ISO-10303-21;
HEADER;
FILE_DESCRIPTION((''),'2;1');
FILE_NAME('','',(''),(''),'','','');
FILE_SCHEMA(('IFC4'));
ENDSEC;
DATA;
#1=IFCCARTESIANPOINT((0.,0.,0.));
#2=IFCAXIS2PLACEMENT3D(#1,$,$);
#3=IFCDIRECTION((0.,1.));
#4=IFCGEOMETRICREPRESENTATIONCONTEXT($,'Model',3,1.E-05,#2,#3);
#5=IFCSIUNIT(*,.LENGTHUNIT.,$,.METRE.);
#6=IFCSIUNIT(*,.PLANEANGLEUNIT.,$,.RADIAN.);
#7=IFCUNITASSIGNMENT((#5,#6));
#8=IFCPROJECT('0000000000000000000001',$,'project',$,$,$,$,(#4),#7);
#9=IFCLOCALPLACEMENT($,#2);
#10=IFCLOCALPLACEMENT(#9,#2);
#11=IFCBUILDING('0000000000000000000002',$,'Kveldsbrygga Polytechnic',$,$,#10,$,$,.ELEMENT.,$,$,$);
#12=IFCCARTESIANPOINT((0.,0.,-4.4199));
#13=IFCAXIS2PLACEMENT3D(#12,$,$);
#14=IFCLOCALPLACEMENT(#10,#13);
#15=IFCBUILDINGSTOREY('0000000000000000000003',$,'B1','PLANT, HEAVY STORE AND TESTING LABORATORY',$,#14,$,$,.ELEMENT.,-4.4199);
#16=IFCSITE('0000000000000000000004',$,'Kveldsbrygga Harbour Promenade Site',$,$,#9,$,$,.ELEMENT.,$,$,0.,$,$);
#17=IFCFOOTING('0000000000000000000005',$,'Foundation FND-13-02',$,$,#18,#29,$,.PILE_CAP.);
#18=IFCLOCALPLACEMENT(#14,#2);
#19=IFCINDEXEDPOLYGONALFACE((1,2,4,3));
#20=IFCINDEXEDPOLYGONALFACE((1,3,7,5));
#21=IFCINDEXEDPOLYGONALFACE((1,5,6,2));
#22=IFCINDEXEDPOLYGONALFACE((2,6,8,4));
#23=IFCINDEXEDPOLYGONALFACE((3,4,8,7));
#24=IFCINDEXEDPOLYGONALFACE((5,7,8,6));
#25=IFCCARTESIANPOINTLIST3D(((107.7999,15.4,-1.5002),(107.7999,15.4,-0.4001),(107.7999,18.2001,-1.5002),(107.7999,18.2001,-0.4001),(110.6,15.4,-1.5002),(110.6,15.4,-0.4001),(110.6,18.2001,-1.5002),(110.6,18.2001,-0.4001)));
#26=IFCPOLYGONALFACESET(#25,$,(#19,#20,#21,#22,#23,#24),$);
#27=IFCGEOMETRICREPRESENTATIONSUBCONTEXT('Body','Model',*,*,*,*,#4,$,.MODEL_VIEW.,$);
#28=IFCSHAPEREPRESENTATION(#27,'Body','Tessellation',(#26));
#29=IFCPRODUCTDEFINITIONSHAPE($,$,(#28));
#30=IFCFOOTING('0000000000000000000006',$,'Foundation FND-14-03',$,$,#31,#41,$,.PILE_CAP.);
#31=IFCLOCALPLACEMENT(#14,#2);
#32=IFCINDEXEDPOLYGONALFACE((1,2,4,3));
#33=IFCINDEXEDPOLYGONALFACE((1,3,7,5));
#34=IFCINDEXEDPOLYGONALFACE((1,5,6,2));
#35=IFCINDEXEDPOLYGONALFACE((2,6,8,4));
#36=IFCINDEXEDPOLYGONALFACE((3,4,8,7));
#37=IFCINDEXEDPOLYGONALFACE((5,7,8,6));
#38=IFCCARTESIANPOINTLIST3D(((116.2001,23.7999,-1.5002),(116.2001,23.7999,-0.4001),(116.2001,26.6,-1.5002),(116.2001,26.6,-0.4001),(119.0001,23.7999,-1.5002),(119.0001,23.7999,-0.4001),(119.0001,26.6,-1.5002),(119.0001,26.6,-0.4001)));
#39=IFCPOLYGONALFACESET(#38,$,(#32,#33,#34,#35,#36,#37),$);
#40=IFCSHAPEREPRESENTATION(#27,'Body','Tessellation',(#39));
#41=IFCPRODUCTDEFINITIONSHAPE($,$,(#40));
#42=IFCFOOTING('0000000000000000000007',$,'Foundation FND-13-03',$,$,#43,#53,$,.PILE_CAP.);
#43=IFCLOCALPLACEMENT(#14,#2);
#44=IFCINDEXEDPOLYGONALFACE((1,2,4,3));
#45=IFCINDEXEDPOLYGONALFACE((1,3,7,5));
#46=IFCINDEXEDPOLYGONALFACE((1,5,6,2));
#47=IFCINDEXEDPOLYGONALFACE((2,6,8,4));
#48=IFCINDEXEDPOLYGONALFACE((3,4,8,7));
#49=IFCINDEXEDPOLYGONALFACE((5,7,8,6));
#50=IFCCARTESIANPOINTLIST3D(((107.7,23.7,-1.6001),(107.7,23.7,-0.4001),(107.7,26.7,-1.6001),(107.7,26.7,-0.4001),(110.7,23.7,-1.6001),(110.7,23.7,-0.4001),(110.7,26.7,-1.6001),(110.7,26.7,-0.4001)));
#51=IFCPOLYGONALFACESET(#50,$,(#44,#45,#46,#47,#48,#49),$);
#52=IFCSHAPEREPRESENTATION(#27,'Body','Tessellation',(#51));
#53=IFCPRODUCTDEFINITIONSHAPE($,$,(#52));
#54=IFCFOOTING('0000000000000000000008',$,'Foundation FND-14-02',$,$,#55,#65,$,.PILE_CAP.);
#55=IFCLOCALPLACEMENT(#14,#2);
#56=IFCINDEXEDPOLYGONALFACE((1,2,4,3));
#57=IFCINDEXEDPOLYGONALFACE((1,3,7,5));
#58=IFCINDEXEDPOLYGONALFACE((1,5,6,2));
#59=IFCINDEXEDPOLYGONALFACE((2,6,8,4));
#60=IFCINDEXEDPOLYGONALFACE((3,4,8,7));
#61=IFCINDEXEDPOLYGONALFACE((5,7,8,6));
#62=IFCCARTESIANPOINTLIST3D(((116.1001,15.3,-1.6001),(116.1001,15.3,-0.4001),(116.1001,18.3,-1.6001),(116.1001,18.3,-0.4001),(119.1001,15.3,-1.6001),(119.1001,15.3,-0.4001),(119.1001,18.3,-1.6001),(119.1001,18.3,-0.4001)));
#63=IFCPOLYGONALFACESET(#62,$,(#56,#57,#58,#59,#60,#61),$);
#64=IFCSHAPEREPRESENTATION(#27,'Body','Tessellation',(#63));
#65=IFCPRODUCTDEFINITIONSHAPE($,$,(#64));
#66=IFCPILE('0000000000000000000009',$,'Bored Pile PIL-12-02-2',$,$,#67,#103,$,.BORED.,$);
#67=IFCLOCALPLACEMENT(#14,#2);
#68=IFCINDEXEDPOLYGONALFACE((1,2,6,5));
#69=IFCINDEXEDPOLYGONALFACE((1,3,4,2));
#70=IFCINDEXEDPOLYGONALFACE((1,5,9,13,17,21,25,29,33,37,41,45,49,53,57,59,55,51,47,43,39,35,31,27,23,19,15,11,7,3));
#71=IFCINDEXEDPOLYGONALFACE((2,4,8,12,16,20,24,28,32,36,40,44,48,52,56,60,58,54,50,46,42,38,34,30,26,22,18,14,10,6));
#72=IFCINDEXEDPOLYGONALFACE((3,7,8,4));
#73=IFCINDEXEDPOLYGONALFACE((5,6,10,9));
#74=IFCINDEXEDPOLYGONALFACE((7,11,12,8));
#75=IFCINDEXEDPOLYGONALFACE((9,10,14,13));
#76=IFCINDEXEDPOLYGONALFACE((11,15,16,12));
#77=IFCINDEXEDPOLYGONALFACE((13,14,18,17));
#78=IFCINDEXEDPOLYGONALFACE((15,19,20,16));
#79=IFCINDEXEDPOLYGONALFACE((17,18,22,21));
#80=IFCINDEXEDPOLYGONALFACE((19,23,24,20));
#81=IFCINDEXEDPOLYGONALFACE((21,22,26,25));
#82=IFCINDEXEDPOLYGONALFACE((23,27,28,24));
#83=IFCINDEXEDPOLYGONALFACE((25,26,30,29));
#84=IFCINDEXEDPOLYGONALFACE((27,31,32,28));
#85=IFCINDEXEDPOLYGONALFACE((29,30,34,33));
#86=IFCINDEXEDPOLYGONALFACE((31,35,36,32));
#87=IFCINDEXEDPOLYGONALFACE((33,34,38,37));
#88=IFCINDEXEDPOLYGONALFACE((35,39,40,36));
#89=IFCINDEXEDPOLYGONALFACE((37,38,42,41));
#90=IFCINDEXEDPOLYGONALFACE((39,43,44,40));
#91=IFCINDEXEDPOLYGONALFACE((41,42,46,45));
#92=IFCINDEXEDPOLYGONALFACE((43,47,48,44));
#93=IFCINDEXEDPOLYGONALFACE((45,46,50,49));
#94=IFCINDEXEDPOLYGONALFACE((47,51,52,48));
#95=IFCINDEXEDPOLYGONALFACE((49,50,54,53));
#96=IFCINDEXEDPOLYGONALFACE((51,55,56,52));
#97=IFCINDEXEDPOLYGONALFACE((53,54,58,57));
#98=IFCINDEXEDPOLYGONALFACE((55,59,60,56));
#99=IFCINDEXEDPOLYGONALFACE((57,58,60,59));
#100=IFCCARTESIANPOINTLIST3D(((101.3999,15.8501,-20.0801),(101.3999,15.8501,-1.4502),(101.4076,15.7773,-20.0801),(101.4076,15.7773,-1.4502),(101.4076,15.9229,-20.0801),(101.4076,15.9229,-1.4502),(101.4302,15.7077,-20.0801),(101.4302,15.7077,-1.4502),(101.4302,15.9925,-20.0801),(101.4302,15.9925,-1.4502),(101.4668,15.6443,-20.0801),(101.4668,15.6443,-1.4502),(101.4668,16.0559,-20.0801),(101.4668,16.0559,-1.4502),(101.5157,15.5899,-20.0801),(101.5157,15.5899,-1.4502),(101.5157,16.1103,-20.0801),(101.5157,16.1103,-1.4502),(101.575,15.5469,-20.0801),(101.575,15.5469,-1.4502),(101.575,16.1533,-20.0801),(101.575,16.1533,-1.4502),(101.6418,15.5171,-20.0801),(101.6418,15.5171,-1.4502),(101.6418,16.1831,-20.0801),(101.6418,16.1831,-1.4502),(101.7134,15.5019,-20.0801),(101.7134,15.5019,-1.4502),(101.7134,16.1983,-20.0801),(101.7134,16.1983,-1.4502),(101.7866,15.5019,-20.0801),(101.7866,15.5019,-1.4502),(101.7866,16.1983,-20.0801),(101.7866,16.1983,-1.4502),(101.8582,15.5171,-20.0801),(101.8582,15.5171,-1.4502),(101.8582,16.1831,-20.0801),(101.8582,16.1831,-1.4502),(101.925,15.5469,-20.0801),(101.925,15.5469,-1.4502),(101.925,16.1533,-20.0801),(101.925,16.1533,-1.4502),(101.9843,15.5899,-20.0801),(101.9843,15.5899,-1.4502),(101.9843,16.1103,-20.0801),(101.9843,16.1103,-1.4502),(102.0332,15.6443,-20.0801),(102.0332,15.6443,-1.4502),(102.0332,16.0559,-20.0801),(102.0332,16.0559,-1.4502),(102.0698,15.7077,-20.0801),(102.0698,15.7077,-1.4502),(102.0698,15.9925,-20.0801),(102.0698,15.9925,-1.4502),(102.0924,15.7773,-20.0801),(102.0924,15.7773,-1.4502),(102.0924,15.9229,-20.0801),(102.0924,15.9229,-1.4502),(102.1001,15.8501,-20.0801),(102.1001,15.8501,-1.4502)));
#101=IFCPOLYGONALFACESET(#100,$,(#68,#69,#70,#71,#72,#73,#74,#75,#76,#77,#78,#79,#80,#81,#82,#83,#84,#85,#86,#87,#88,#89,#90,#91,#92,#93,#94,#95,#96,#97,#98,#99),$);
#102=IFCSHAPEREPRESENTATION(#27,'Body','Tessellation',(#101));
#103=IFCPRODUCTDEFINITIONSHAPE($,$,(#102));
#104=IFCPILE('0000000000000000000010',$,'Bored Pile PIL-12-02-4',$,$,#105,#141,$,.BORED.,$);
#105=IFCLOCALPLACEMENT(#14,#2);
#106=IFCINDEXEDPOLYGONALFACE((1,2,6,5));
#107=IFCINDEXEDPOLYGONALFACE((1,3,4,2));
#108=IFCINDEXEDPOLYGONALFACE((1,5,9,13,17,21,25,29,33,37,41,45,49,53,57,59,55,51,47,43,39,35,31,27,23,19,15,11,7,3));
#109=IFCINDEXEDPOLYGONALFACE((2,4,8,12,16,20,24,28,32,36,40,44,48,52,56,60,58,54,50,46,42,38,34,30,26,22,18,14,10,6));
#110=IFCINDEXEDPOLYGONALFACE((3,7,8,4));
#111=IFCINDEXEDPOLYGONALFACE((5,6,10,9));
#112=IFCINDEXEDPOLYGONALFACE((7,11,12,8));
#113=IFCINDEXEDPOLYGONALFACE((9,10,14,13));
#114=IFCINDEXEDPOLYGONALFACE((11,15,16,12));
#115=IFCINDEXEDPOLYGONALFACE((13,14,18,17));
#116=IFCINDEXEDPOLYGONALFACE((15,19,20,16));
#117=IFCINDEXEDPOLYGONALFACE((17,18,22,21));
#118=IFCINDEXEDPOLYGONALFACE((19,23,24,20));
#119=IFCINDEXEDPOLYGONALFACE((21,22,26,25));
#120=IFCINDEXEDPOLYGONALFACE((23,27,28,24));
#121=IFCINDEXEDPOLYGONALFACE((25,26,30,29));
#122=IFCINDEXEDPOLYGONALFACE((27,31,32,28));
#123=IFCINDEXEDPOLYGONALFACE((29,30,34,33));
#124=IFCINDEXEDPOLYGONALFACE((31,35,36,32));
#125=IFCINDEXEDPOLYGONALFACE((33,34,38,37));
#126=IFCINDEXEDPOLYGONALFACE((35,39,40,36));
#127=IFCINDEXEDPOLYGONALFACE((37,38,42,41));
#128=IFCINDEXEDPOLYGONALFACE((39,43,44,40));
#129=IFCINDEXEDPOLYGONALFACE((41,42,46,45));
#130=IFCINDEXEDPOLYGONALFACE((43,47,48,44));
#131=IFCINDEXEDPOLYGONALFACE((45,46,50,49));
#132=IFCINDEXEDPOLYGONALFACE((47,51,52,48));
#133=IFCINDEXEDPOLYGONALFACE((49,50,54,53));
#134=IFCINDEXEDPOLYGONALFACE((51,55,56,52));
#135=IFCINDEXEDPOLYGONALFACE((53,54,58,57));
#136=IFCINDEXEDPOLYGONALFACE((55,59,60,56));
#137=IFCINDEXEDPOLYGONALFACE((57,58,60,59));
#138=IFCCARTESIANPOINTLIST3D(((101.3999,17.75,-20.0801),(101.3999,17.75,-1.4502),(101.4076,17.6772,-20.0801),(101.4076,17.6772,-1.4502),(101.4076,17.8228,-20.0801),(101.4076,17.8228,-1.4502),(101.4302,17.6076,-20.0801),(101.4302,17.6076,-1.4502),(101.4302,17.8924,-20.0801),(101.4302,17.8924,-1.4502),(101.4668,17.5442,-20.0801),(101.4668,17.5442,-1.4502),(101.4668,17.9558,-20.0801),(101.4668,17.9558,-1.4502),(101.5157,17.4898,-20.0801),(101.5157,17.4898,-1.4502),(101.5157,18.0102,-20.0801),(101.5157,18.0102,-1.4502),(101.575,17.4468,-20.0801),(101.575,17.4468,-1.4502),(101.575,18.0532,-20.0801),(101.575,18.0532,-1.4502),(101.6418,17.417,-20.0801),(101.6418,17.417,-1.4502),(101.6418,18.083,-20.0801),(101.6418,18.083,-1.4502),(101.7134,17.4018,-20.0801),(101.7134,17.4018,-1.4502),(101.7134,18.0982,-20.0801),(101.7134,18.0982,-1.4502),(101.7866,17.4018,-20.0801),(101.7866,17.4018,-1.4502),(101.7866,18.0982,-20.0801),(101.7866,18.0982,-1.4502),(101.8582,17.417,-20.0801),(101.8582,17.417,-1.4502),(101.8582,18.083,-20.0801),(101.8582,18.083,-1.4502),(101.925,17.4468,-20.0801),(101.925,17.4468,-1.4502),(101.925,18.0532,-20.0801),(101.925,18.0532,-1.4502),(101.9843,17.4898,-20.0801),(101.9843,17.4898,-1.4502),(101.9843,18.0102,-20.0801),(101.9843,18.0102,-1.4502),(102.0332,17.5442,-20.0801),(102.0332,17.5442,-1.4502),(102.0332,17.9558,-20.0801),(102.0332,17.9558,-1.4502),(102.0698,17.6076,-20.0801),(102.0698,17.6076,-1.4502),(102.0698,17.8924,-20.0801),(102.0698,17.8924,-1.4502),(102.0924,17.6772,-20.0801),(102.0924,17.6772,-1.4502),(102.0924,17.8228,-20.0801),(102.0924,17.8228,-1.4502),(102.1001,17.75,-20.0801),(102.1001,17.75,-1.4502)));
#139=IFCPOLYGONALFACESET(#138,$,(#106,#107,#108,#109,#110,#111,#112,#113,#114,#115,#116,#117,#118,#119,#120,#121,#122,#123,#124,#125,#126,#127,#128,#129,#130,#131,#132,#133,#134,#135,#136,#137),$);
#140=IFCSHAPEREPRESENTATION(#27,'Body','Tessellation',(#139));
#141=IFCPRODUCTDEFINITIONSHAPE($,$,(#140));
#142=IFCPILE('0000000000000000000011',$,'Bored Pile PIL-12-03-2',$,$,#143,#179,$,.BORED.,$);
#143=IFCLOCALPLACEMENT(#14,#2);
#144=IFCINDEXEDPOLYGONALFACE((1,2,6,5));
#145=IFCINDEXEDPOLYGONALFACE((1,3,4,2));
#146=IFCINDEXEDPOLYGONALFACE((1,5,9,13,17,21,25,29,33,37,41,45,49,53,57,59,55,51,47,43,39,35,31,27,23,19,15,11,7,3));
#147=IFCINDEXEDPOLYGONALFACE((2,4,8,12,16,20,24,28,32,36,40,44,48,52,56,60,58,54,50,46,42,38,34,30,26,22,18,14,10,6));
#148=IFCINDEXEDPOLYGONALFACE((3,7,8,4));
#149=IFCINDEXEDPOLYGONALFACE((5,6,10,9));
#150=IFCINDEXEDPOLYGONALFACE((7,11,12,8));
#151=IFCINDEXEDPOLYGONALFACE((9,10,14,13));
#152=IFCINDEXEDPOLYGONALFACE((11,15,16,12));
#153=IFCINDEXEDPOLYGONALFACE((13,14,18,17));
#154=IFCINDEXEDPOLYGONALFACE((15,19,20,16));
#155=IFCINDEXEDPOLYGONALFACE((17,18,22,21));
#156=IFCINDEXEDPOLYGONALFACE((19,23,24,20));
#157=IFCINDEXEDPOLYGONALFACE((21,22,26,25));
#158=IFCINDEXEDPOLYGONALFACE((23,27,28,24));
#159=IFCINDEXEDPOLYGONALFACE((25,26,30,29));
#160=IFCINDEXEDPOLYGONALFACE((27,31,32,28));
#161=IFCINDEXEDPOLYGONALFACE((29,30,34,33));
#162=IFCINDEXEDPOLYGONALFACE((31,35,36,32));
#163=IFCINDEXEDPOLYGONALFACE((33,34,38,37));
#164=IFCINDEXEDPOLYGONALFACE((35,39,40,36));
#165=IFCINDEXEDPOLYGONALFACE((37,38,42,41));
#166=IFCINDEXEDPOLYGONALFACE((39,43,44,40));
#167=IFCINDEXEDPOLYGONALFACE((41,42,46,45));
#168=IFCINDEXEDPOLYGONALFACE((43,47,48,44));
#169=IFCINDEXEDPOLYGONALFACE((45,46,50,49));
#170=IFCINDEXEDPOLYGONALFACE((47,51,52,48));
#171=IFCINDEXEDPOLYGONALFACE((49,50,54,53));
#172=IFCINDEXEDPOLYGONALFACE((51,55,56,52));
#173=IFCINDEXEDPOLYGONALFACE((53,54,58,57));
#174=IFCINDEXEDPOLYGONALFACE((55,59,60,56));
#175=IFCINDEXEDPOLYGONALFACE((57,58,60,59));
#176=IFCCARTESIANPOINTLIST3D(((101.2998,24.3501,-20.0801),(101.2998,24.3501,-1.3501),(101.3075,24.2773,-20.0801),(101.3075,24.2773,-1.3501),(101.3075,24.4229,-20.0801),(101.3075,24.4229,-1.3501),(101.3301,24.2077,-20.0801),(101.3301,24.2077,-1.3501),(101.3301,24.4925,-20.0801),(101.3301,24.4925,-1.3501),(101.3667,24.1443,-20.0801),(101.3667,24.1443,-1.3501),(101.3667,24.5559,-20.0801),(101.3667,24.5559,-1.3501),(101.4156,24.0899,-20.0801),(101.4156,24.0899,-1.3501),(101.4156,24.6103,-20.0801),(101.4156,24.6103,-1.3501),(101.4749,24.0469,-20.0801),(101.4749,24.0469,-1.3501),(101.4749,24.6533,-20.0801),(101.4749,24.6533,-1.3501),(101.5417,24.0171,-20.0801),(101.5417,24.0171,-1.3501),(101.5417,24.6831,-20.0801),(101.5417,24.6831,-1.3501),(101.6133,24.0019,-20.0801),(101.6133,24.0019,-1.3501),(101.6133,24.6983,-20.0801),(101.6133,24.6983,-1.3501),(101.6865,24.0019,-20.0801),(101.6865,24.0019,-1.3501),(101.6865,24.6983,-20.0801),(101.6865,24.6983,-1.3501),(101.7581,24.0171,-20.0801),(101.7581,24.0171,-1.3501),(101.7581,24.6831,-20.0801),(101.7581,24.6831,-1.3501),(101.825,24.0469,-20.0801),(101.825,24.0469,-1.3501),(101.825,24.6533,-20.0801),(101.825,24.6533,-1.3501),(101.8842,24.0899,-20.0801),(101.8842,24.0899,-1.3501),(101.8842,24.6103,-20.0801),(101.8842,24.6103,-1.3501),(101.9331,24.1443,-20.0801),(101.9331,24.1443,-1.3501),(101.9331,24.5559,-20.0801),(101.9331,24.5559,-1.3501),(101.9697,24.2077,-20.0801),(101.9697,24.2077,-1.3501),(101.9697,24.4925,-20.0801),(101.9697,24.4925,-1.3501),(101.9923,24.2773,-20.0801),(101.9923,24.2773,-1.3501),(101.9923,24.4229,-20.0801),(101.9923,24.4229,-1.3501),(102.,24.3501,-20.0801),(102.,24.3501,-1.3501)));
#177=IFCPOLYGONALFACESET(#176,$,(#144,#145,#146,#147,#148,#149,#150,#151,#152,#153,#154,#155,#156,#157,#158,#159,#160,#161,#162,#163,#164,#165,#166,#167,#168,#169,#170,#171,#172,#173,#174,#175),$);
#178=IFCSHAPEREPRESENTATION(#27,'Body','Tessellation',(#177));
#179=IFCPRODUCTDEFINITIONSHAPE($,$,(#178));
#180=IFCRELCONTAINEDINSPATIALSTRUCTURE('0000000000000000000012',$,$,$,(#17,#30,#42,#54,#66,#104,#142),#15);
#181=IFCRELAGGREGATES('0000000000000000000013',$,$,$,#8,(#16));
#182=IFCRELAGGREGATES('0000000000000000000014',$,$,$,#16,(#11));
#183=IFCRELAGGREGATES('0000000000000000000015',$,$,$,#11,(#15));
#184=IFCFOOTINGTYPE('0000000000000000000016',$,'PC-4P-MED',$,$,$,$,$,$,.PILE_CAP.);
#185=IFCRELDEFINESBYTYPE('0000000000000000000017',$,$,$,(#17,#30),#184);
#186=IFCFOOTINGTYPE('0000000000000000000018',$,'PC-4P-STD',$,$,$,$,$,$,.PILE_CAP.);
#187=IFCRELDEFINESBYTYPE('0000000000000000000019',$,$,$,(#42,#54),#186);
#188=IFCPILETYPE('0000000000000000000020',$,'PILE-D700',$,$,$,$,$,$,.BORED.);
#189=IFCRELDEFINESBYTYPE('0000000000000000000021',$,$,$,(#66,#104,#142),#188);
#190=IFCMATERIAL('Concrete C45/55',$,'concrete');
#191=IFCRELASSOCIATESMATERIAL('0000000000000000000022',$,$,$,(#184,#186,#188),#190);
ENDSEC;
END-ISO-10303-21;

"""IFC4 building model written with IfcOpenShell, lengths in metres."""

from ifc_helpers import new_model, si_unit, direction, frame, origin, origin_2d, place, context, subcontext, project, spatial, rectangle, circle, extrude, material, material_profile, profile_set, type_object, element, save


model = new_model("IFC4")

# Units and contexts
model_context = context("Model", 3, precision=1e-05, world=origin(), true_north=direction((0.0, 1.0)))
body_context = subcontext(model_context, "Body", "Model", "MODEL_VIEW")
ifc_project = project(units=[si_unit("LENGTHUNIT", "METRE"), si_unit("PLANEANGLEUNIT", "RADIAN")], contexts=[model_context])

# Site, building, storey
site_placement = place(None, origin())
site = spatial("IfcSite", under=ifc_project, at=site_placement, Name="Kveldsbrygga Harbour Promenade Site", CompositionType="ELEMENT", RefElevation=0.0)
building_placement = place(site_placement, origin())
building = spatial("IfcBuilding", under=site, at=building_placement, Name="Kveldsbrygga Polytechnic", CompositionType="ELEMENT")
storey_placement = place(building_placement, frame((0.0, 0.0, -4.4199)))
storey = spatial("IfcBuildingStorey", under=building, at=storey_placement, Name="B1", Description="PLANT, HEAVY STORE AND TESTING LABORATORY", CompositionType="ELEMENT", Elevation=-4.4199)

# Footings
ifc_material_1 = material(Name="Concrete C45/55", Category="concrete")
footing_type_1 = type_object("IfcFootingType", Name="PC-4P-MED", PredefinedType="PILE_CAP", material=ifc_material_1)
for number, where, z_axis, x_axis, name in (
    (1, (109.2, 16.8, -1.5002), (0.0, 0.0, 1.0), (1.0, 0.0, 0.0), "Foundation FND-13-02"),
    (2, (117.6001, 25.2, -1.5002), (0.0, 0.0, 1.0), (1.0, 0.0, 0.0), "Foundation FND-14-03"),
):
    element("IfcFooting", number, at=place(storey_placement, frame(where, z_axis=z_axis, x_axis=x_axis)), inside=storey, type_object=footing_type_1, Name=name, PredefinedType="PILE_CAP", context=body_context, shape_type="SweptSolid", body=[
        extrude(rectangle(XDim=2.8, YDim=2.8, at=origin_2d()), origin(), (0.0, 0.0, 1.0), 1.1001),
    ])
footing_type_2 = type_object("IfcFootingType", Name="PC-4P-STD", PredefinedType="PILE_CAP", material=ifc_material_1)
for number, where, z_axis, x_axis, name in (
    (3, (109.2, 25.2, -1.6001), (0.0, 0.0, 1.0), (1.0, 0.0, 0.0), "Foundation FND-13-03"),
    (4, (117.6001, 16.8, -1.6001), (0.0, 0.0, 1.0), (1.0, 0.0, 0.0), "Foundation FND-14-02"),
):
    element("IfcFooting", number, at=place(storey_placement, frame(where, z_axis=z_axis, x_axis=x_axis)), inside=storey, type_object=footing_type_2, Name=name, PredefinedType="PILE_CAP", context=body_context, shape_type="SweptSolid", body=[
        extrude(rectangle(XDim=3.0, YDim=3.0, at=origin_2d()), origin(), (0.0, 0.0, 1.0), 1.2),
    ])

# Piles
ifc_material_profile_1 = material_profile(ifc_material_1, circle(Radius=0.3501, at=origin_2d()), Name="PILE D700")
ifc_profile_set_1 = profile_set([ifc_material_profile_1], Name="Concrete C45/55")
pile_type = type_object("IfcPileType", Name="PILE-D700", PredefinedType="BORED", material=ifc_profile_set_1)
for number, where, z_axis, x_axis, name in (
    (5, (101.75, 15.8501, -1.4502), (0.0, 0.0, -1.0), (1.0, 0.0, 0.0), "Bored Pile PIL-12-02-2"),
    (6, (101.75, 17.75, -1.4502), (0.0, 0.0, -1.0), (1.0, 0.0, 0.0), "Bored Pile PIL-12-02-4"),
):
    element("IfcPile", number, at=place(storey_placement, frame(where, z_axis=z_axis, x_axis=x_axis)), inside=storey, type_object=pile_type, Name=name, PredefinedType="BORED", context=body_context, shape_type="SweptSolid", body=[
        extrude(circle(Radius=0.3501, at=origin_2d()), origin(), (0.0, 0.0, 1.0), 18.6299),
    ])
for number, where, z_axis, x_axis, name in (
    (7, (101.6499, 24.3501, -1.3501), (0.0, 0.0, -1.0), (1.0, 0.0, 0.0), "Bored Pile PIL-12-03-2"),
):
    element("IfcPile", number, at=place(storey_placement, frame(where, z_axis=z_axis, x_axis=x_axis)), inside=storey, type_object=pile_type, Name=name, PredefinedType="BORED", context=body_context, shape_type="SweptSolid", body=[
        extrude(circle(Radius=0.3501, at=origin_2d()), origin(), (0.0, 0.0, 1.0), 18.73),
    ])

save(model, "model.ifc")
